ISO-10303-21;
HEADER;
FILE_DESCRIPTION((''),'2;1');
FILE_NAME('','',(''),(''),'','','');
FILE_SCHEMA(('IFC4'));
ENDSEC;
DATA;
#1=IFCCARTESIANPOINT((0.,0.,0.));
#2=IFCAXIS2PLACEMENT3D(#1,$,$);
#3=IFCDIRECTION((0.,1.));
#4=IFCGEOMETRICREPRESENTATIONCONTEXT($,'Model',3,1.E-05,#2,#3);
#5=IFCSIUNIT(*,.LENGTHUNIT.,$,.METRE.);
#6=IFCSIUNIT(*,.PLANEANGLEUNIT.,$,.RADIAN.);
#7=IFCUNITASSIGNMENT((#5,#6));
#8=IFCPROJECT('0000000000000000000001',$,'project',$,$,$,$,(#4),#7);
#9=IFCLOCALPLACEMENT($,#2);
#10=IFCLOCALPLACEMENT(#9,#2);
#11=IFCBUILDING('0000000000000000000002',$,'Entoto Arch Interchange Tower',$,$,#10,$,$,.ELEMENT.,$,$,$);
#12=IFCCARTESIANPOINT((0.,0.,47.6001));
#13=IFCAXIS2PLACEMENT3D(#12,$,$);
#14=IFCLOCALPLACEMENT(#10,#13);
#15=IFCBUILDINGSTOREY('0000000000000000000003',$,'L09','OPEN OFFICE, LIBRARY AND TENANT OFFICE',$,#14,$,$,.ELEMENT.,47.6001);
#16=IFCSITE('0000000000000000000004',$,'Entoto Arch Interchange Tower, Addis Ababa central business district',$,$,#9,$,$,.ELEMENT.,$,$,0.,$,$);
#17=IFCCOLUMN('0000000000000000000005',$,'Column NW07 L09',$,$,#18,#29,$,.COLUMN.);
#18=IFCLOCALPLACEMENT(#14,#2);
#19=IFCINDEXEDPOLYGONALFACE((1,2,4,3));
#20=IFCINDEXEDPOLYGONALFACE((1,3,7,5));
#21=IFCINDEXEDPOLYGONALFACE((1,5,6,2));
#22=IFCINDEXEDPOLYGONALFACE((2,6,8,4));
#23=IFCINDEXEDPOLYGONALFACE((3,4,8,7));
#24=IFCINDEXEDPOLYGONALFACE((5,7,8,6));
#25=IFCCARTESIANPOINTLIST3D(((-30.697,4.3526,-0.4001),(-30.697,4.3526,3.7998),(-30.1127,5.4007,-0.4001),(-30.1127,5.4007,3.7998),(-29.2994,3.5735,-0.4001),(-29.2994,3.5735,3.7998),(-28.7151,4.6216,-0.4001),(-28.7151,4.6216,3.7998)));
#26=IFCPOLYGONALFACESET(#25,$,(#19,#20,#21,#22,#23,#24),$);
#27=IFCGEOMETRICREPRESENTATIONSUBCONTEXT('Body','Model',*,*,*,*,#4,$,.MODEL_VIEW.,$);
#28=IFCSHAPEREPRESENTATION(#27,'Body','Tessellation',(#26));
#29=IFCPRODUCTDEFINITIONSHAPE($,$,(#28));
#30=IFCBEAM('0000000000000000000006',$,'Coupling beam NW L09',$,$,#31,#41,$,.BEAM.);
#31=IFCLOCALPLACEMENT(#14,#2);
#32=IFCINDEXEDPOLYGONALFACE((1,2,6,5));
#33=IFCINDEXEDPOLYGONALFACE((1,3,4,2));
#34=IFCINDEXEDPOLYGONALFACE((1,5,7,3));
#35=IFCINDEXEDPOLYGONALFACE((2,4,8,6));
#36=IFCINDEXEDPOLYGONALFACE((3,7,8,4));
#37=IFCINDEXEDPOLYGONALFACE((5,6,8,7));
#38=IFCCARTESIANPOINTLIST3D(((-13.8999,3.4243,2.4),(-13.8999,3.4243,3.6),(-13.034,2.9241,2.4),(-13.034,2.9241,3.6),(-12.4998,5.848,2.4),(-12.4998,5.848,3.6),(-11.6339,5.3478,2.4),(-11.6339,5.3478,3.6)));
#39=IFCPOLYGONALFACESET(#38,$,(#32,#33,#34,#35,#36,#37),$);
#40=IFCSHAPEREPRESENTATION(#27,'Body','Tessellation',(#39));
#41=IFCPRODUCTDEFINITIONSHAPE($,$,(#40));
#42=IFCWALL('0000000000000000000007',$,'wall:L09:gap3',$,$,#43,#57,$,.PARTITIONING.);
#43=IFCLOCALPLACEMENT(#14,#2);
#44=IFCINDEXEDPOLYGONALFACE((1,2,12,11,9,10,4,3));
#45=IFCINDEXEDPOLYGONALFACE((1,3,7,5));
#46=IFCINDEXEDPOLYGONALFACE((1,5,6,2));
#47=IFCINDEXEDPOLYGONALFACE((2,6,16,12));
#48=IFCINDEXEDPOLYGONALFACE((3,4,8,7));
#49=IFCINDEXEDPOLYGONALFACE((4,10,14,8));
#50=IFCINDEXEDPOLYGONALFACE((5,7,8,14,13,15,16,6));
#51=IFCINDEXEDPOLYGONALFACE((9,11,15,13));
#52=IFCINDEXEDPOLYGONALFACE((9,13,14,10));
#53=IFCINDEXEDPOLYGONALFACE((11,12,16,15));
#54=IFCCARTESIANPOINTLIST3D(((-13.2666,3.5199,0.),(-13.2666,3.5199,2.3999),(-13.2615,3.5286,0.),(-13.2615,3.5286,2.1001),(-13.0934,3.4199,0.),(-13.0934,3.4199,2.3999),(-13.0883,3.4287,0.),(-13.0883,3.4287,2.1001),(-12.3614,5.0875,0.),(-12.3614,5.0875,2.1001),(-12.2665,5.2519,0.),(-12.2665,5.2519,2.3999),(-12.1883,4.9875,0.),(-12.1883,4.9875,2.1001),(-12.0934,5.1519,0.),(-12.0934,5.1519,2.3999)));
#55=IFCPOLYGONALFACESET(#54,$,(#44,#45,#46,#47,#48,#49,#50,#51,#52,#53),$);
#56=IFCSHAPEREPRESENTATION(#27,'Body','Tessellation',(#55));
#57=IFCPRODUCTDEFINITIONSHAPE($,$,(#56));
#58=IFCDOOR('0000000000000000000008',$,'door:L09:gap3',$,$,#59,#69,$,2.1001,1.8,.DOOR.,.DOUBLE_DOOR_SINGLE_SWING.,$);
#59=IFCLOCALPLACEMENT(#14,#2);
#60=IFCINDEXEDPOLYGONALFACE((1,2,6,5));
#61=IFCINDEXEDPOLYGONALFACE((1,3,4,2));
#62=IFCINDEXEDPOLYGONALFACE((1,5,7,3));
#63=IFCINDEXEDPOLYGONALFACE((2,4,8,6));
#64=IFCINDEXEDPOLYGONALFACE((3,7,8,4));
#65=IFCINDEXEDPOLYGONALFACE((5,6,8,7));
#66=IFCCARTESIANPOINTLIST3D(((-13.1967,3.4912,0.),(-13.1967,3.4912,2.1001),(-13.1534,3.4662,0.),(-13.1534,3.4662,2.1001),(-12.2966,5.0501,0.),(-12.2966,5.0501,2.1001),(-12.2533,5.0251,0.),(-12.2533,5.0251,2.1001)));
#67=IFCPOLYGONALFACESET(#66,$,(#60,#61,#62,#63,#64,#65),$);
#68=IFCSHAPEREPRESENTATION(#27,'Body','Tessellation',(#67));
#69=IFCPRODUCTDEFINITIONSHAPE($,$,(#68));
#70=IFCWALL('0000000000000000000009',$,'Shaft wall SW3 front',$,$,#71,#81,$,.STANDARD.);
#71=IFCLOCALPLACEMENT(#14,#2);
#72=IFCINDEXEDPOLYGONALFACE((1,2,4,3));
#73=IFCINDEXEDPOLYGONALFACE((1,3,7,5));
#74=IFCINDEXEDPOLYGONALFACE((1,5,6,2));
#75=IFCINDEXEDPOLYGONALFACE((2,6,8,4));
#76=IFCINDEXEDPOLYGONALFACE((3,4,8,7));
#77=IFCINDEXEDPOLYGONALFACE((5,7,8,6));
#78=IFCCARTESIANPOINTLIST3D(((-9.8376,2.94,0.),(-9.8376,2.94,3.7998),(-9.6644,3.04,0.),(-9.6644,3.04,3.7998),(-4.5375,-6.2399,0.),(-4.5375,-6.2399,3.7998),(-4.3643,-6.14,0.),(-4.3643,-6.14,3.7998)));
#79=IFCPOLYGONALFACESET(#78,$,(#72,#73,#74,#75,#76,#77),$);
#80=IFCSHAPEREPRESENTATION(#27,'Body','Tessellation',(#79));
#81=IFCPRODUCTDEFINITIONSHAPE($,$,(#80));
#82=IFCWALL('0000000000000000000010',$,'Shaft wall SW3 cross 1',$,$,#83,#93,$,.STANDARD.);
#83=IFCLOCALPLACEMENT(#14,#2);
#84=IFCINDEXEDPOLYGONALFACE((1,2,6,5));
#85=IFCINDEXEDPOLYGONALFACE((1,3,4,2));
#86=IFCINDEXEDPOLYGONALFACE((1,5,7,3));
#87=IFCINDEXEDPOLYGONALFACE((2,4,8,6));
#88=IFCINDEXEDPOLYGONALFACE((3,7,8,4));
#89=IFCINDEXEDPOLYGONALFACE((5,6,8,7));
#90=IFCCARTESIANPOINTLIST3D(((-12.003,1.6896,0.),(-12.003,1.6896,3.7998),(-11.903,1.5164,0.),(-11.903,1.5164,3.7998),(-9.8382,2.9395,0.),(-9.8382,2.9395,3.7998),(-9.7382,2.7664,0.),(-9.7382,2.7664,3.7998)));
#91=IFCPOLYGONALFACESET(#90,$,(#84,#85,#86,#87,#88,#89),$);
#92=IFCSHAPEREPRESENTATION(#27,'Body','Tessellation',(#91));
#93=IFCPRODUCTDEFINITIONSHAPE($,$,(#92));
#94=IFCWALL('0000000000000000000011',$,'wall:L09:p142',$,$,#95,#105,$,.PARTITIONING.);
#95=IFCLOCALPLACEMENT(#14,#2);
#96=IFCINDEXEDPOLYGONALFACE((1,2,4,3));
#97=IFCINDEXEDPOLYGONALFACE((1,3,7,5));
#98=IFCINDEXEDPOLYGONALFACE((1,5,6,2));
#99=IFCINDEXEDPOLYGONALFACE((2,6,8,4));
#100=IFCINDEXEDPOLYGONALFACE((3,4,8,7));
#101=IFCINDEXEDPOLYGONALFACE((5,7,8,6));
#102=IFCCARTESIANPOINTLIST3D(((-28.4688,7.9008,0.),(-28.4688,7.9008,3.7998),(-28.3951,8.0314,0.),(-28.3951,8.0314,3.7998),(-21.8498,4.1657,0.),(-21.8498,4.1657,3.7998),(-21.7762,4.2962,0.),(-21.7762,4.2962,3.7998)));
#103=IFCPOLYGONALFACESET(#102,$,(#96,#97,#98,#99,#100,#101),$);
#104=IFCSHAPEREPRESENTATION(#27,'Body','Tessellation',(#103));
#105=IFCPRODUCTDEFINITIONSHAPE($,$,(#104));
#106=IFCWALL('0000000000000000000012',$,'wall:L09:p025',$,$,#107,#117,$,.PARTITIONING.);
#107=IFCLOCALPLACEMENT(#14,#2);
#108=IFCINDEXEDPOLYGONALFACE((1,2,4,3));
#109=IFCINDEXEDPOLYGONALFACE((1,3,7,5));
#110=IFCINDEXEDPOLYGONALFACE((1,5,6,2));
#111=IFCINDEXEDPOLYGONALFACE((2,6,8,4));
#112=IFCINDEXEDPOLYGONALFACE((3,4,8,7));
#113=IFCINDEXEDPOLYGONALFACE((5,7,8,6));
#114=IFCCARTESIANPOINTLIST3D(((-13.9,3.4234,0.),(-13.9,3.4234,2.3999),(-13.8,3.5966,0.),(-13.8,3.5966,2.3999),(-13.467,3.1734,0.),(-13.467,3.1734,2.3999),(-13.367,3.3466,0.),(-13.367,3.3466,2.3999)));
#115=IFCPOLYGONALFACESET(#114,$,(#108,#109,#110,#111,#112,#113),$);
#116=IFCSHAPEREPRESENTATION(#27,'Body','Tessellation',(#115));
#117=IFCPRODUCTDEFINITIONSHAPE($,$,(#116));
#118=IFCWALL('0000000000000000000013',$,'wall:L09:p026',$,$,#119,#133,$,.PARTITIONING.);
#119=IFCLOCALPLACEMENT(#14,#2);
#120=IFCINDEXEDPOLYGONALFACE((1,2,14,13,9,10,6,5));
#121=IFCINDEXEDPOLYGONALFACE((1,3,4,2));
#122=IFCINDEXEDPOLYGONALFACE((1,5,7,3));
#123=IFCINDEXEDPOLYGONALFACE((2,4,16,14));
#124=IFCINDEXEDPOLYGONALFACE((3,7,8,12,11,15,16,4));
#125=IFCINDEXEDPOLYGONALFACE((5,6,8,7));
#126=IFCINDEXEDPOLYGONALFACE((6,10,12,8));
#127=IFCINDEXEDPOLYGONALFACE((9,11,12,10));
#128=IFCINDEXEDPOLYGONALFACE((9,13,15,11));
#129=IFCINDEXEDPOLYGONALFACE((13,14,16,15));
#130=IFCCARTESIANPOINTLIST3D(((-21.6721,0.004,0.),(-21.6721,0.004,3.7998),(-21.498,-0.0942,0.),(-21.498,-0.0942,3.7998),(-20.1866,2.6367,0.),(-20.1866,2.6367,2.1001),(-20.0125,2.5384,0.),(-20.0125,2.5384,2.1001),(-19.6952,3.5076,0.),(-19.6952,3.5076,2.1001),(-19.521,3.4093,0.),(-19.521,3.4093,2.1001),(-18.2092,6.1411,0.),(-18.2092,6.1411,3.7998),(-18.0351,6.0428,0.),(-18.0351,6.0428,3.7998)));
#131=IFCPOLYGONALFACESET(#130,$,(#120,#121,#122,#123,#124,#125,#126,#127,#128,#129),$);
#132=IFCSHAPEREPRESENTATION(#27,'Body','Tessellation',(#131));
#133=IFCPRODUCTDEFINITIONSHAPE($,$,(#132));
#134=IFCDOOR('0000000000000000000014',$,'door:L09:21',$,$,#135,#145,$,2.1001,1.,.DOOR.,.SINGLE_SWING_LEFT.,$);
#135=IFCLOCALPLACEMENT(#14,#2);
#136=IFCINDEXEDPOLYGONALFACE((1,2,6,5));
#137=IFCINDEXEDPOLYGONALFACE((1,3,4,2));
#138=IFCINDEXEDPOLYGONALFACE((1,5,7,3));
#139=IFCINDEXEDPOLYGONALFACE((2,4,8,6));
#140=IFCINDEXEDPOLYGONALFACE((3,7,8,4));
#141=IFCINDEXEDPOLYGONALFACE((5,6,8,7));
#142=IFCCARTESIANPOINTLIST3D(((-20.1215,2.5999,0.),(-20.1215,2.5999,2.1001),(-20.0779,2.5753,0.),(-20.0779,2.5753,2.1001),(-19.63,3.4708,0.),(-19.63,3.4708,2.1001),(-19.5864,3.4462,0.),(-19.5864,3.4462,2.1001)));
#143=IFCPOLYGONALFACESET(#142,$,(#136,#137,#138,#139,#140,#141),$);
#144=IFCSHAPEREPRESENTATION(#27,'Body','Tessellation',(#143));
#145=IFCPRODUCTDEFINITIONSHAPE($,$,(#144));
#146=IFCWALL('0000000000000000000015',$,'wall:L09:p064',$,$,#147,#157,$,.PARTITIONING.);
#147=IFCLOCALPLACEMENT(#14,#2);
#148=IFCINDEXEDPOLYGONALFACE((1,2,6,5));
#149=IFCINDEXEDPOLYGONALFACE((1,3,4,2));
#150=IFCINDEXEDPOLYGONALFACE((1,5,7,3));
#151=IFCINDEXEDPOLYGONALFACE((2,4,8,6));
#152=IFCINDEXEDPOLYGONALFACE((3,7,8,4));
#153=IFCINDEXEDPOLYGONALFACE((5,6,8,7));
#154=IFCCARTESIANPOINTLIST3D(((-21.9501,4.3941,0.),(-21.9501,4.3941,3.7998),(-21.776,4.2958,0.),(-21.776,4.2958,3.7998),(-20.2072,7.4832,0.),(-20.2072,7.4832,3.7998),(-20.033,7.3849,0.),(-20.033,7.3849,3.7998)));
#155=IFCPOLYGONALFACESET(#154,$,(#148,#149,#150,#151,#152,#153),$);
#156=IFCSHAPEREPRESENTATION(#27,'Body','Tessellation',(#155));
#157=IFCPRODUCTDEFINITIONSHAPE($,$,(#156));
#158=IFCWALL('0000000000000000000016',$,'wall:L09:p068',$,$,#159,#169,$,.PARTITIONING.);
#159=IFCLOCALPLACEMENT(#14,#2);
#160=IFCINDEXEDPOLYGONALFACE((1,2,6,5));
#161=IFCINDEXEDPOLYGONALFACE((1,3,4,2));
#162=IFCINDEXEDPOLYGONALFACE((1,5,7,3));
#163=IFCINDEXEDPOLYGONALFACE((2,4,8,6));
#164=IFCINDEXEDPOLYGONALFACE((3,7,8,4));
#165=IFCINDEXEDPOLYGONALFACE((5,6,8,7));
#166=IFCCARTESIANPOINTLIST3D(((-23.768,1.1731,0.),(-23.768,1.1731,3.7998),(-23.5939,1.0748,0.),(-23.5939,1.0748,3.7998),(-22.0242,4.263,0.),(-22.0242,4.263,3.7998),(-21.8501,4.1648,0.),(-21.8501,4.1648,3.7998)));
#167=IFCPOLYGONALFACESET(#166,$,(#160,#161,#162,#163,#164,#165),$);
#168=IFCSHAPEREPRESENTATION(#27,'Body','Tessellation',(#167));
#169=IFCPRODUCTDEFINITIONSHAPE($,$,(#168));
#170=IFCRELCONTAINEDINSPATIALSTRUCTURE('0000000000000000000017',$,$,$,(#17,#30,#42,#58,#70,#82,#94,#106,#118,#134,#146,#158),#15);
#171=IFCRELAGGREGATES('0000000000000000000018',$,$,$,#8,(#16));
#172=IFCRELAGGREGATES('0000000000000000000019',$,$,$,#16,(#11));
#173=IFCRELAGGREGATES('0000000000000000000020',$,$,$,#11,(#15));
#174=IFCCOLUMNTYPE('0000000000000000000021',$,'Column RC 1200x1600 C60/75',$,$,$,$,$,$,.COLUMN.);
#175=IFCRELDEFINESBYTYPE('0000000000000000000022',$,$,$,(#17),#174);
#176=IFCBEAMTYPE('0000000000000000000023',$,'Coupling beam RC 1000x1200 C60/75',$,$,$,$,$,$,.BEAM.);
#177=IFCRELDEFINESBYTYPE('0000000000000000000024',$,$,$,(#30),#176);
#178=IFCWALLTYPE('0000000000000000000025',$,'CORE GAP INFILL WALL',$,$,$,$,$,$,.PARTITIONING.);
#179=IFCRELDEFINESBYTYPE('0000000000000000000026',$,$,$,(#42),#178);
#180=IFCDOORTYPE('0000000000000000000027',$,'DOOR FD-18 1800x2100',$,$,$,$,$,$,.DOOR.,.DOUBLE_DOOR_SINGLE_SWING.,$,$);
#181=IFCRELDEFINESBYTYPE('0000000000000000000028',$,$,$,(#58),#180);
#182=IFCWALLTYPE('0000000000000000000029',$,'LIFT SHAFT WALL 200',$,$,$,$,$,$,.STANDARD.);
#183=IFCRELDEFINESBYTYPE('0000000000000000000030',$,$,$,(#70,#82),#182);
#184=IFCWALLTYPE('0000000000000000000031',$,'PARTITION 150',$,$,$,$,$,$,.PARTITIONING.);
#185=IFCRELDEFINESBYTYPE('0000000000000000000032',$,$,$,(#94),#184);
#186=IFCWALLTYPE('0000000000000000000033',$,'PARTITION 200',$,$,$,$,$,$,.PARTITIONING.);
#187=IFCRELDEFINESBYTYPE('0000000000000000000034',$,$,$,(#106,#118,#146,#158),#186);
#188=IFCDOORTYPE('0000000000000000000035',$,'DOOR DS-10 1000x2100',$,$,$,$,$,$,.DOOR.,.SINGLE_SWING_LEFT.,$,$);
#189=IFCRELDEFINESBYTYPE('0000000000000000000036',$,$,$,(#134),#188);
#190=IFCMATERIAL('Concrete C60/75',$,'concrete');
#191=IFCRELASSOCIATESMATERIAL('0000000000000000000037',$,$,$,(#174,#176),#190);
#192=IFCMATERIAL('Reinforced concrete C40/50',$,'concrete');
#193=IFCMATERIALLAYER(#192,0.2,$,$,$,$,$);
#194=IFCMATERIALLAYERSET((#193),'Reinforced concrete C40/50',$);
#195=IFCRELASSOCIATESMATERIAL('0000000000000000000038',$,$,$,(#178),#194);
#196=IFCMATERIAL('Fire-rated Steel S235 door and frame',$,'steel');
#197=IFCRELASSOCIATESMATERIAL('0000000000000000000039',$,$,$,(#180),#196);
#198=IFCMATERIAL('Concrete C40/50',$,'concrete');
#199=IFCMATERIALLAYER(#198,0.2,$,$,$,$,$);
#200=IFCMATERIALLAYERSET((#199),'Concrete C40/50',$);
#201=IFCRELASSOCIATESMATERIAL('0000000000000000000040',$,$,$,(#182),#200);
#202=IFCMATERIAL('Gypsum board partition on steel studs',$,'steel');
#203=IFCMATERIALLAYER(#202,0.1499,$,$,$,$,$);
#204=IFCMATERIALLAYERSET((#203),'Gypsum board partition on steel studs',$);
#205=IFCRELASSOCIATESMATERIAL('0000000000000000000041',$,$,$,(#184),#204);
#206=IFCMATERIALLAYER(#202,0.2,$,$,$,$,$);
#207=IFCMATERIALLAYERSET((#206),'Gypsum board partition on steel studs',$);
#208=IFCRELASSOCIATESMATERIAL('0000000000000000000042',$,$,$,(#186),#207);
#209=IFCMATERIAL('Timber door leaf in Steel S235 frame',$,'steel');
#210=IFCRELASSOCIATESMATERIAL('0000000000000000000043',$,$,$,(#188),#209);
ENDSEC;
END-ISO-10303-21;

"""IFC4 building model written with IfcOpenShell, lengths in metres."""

from ifc_helpers import new_model, si_unit, direction, frame, frame_2d, origin, origin_2d, place, context, subcontext, project, spatial, rectangle, extrude, material, layer, layer_set, material_profile, profile_set, type_object, element, fill, save


model = new_model("IFC4")

# Units and contexts
model_context = context("Model", 3, precision=1e-05, world=origin(), true_north=direction((0.0, 1.0)))
body_context = subcontext(model_context, "Body", "Model", "MODEL_VIEW")
ifc_project = project(units=[si_unit("LENGTHUNIT", "METRE"), si_unit("PLANEANGLEUNIT", "RADIAN")], contexts=[model_context])

# Site, building, storey
site_placement = place(None, origin())
site = spatial("IfcSite", under=ifc_project, at=site_placement, Name="Entoto Arch Interchange Tower, Addis Ababa central business district", CompositionType="ELEMENT", RefElevation=0.0)
building_placement = place(site_placement, origin())
building = spatial("IfcBuilding", under=site, at=building_placement, Name="Entoto Arch Interchange Tower", CompositionType="ELEMENT")
storey_placement = place(building_placement, frame((0.0, 0.0, 47.6001)))
storey = spatial("IfcBuildingStorey", under=building, at=storey_placement, Name="L09", Description="OPEN OFFICE, LIBRARY AND TENANT OFFICE", CompositionType="ELEMENT", Elevation=47.6001)

# Column
ifc_material_1 = material(Name="Concrete C60/75", Category="concrete")
ifc_material_profile_1 = material_profile(ifc_material_1, rectangle(XDim=1.2, YDim=1.6001, at=origin_2d()))
ifc_profile_set_1 = profile_set([ifc_material_profile_1], Name="Concrete C60/75")
column_type = type_object("IfcColumnType", Name="Column RC 1200x1600 C60/75", PredefinedType="COLUMN", material=ifc_profile_set_1)
column_placement = place(storey_placement, frame((-29.7061, 4.4871, -0.4001), z_axis=(0.0, 0.0, 1.0), x_axis=(0.486915, 0.873449, 0.0)))
element("IfcColumn", 1, at=column_placement, inside=storey, type_object=column_type, Name="Column NW07 L09", PredefinedType="COLUMN", context=body_context, shape_type="SweptSolid", body=[
    extrude(rectangle(XDim=1.2, YDim=1.6001, at=origin_2d()), origin(), (0.0, 0.0, 1.0), 4.2),
])

# Beam
ifc_material_profile_2 = material_profile(ifc_material_1, rectangle(XDim=1.0, YDim=1.2, at=origin_2d()))
ifc_profile_set_2 = profile_set([ifc_material_profile_2], Name="Concrete C60/75")
beam_type = type_object("IfcBeamType", Name="Coupling beam RC 1000x1200 C60/75", PredefinedType="BEAM", material=ifc_profile_set_2)
beam_placement = place(storey_placement, frame((-12.0669, 5.5979, 3.0), z_axis=(-0.500201, -0.86591, 0.0), x_axis=(0.86591, -0.500201, 0.0)))
element("IfcBeam", 2, at=beam_placement, inside=storey, type_object=beam_type, Name="Coupling beam NW L09", PredefinedType="BEAM", context=body_context, shape_type="SweptSolid", body=[
    extrude(rectangle(XDim=1.0, YDim=1.2, at=origin_2d()), origin(), (0.0, 0.0, 1.0), 2.7991),
])

# Wall, opening, door
ifc_material_2 = material(Name="Reinforced concrete C40/50", Category="concrete")
ifc_layer_1 = layer(ifc_material_2, 0.2)
ifc_layer_set_1 = layer_set([ifc_layer_1], Name="Reinforced concrete C40/50")
wall_type_1 = type_object("IfcWallType", Name="CORE GAP INFILL WALL", PredefinedType="PARTITIONING", material=ifc_layer_set_1)
wall_1_placement = place(storey_placement, frame((-12.1799, 5.2019, 0.0), z_axis=(0.0, 0.0, 1.0), x_axis=(-0.500025, -0.866011, 0.0)))
wall_1 = element("IfcWall", 3, at=wall_1_placement, inside=storey, type_object=wall_type_1, Name="wall:L09:gap3", PredefinedType="PARTITIONING", context=body_context, shape_type="SweptSolid", body=[
    extrude(rectangle(XDim=2.0, YDim=0.2, at=frame_2d((1.0, 0.0))), origin(), (0.0, 0.0, 1.0), 2.3999),
])
opening_1_placement = place(wall_1_placement, frame((0.1899, 0.0, 0.0)))
opening_1 = element("IfcOpeningElement", 4, at=opening_1_placement, cuts=wall_1, PredefinedType="OPENING", context=body_context, shape_type="SweptSolid", body=[
    extrude(rectangle(XDim=1.8, YDim=2.1001, at=frame_2d((0.8999, 1.05))), frame((0.0, 0.1099, 0.0), z_axis=(0.0, -1.0, 0.0), x_axis=(1.0, 0.0, 0.0)), (0.0, 0.0, 1.0), 0.22),
])
ifc_material_3 = material(Name="Fire-rated Steel S235 door and frame", Category="steel")
door_type_1 = type_object("IfcDoorType", Name="DOOR FD-18 1800x2100", OperationType="DOUBLE_DOOR_SINGLE_SWING", PredefinedType="DOOR", material=ifc_material_3)
door_1_placement = place(opening_1_placement, origin())
door_1 = element("IfcDoor", 5, at=door_1_placement, inside=storey, type_object=door_type_1, Name="door:L09:gap3", OperationType="DOUBLE_DOOR_SINGLE_SWING", OverallHeight=2.1001, OverallWidth=1.8, PredefinedType="DOOR", context=body_context, shape_type="SweptSolid", body=[
    extrude(rectangle(XDim=1.8, YDim=2.1001, at=frame_2d((0.8999, 1.05))), frame((0.0, 0.0249, 0.0), z_axis=(0.0, -1.0, 0.0), x_axis=(1.0, 0.0, 0.0)), (0.0, 0.0, 1.0), 0.05),
])
fill(opening_1, door_1)

# Walls
ifc_material_4 = material(Name="Concrete C40/50", Category="concrete")
ifc_layer_2 = layer(ifc_material_4, 0.2)
ifc_layer_set_2 = layer_set([ifc_layer_2], Name="Concrete C40/50")
wall_type_2 = type_object("IfcWallType", Name="LIFT SHAFT WALL 200", PredefinedType="STANDARD", material=ifc_layer_set_2)
wall_2_placement = place(storey_placement, frame((-9.751, 2.99, 0.0), z_axis=(0.0, 0.0, 1.0), x_axis=(0.500001, -0.866025, 0.0)))
element("IfcWall", 6, at=wall_2_placement, inside=storey, type_object=wall_type_2, Name="Shaft wall SW3 front", PredefinedType="STANDARD", context=body_context, shape_type="SweptSolid", body=[
    extrude(rectangle(XDim=10.6001, YDim=0.2, at=frame_2d((5.3, 0.0))), origin(), (0.0, 0.0, 1.0), 3.7998),
])
wall_3_placement = place(storey_placement, frame((-9.7881, 2.853, 0.0), z_axis=(0.0, 0.0, 1.0), x_axis=(-0.865999, -0.500047, 0.0)))
element("IfcWall", 7, at=wall_3_placement, inside=storey, type_object=wall_type_2, Name="Shaft wall SW3 cross 1", PredefinedType="STANDARD", context=body_context, shape_type="SweptSolid", body=[
    extrude(rectangle(XDim=2.4998, YDim=0.2, at=frame_2d((1.25, 0.0))), origin(), (0.0, 0.0, 1.0), 3.7998),
])
ifc_material_5 = material(Name="Gypsum board partition on steel studs", Category="steel")
ifc_layer_3 = layer(ifc_material_5, 0.1499)
ifc_layer_set_3 = layer_set([ifc_layer_3], Name="Gypsum board partition on steel studs")
wall_type_3 = type_object("IfcWallType", Name="PARTITION 150", PredefinedType="PARTITIONING", material=ifc_layer_set_3)
wall_4_placement = place(storey_placement, frame((-21.813, 4.231, 0.0), z_axis=(0.0, 0.0, 1.0), x_axis=(-0.870901, 0.491458, 0.0)))
element("IfcWall", 8, at=wall_4_placement, inside=storey, type_object=wall_type_3, Name="wall:L09:p142", PredefinedType="PARTITIONING", context=body_context, shape_type="SweptSolid", body=[
    extrude(rectangle(XDim=7.6001, YDim=0.1499, at=frame_2d((3.8, 0.0))), origin(), (0.0, 0.0, 1.0), 3.7998),
])
ifc_layer_4 = layer(ifc_material_5, 0.2)
ifc_layer_set_4 = layer_set([ifc_layer_4], Name="Gypsum board partition on steel studs")
wall_type_4 = type_object("IfcWallType", Name="PARTITION 200", PredefinedType="PARTITIONING", material=ifc_layer_set_4)
wall_5_placement = place(storey_placement, frame((-13.417, 3.26, 0.0), z_axis=(0.0, 0.0, 1.0), x_axis=(-0.866072, 0.49992, 0.0)))
element("IfcWall", 9, at=wall_5_placement, inside=storey, type_object=wall_type_4, Name="wall:L09:p025", PredefinedType="PARTITIONING", context=body_context, shape_type="SweptSolid", body=[
    extrude(rectangle(XDim=0.5, YDim=0.2, at=frame_2d((0.25, 0.0))), origin(), (0.0, 0.0, 1.0), 2.3999),
])

# Wall, opening, door
wall_6_placement = place(storey_placement, frame((-18.1221, 6.092, 0.0), z_axis=(0.0, 0.0, 1.0), x_axis=(-0.49143, -0.870917, 0.0)))
wall_6 = element("IfcWall", 10, at=wall_6_placement, inside=storey, type_object=wall_type_4, Name="wall:L09:p026", PredefinedType="PARTITIONING", context=body_context, shape_type="SweptSolid", body=[
    extrude(rectangle(XDim=7.0466, YDim=0.2, at=frame_2d((3.5234, 0.0))), origin(), (0.0, 0.0, 1.0), 3.7998),
])
opening_2_placement = place(wall_6_placement, frame((3.0239, 0.0, 0.0)))
opening_2 = element("IfcOpeningElement", 11, at=opening_2_placement, cuts=wall_6, PredefinedType="OPENING", context=body_context, shape_type="SweptSolid", body=[
    extrude(rectangle(XDim=1.0, YDim=2.1001, at=frame_2d((0.5, 1.05))), frame((0.0, 0.1099, 0.0), z_axis=(0.0, -1.0, 0.0), x_axis=(1.0, 0.0, 0.0)), (0.0, 0.0, 1.0), 0.22),
])
ifc_material_6 = material(Name="Timber door leaf in Steel S235 frame", Category="steel")
door_type_2 = type_object("IfcDoorType", Name="DOOR DS-10 1000x2100", OperationType="SINGLE_SWING_LEFT", PredefinedType="DOOR", material=ifc_material_6)
door_2_placement = place(opening_2_placement, origin())
door_2 = element("IfcDoor", 12, at=door_2_placement, inside=storey, type_object=door_type_2, Name="door:L09:21", OperationType="SINGLE_SWING_LEFT", OverallHeight=2.1001, OverallWidth=1.0, PredefinedType="DOOR", context=body_context, shape_type="SweptSolid", body=[
    extrude(rectangle(XDim=1.0, YDim=2.1001, at=frame_2d((0.5, 1.05))), frame((0.0, 0.0249, 0.0), z_axis=(0.0, -1.0, 0.0), x_axis=(1.0, 0.0, 0.0)), (0.0, 0.0, 1.0), 0.05),
])
fill(opening_2, door_2)

# Walls
wall_7_placement = place(storey_placement, frame((-21.863, 4.345, 0.0), z_axis=(0.0, 0.0, 1.0), x_axis=(0.491395, 0.870937, 0.0)))
element("IfcWall", 13, at=wall_7_placement, inside=storey, type_object=wall_type_4, Name="wall:L09:p064", PredefinedType="PARTITIONING", context=body_context, shape_type="SweptSolid", body=[
    extrude(rectangle(XDim=3.5469, YDim=0.2, at=frame_2d((1.7734, 0.0))), origin(), (0.0, 0.0, 1.0), 3.7998),
])
wall_8_placement = place(storey_placement, frame((-23.6809, 1.124, 0.0), z_axis=(0.0, 0.0, 1.0), x_axis=(0.491486, 0.870886, 0.0)))
element("IfcWall", 14, at=wall_8_placement, inside=storey, type_object=wall_type_4, Name="wall:L09:p068", PredefinedType="PARTITIONING", context=body_context, shape_type="SweptSolid", body=[
    extrude(rectangle(XDim=3.5481, YDim=0.2, at=frame_2d((1.7739, 0.0))), origin(), (0.0, 0.0, 1.0), 3.7998),
])

save(model, "model.ifc")
